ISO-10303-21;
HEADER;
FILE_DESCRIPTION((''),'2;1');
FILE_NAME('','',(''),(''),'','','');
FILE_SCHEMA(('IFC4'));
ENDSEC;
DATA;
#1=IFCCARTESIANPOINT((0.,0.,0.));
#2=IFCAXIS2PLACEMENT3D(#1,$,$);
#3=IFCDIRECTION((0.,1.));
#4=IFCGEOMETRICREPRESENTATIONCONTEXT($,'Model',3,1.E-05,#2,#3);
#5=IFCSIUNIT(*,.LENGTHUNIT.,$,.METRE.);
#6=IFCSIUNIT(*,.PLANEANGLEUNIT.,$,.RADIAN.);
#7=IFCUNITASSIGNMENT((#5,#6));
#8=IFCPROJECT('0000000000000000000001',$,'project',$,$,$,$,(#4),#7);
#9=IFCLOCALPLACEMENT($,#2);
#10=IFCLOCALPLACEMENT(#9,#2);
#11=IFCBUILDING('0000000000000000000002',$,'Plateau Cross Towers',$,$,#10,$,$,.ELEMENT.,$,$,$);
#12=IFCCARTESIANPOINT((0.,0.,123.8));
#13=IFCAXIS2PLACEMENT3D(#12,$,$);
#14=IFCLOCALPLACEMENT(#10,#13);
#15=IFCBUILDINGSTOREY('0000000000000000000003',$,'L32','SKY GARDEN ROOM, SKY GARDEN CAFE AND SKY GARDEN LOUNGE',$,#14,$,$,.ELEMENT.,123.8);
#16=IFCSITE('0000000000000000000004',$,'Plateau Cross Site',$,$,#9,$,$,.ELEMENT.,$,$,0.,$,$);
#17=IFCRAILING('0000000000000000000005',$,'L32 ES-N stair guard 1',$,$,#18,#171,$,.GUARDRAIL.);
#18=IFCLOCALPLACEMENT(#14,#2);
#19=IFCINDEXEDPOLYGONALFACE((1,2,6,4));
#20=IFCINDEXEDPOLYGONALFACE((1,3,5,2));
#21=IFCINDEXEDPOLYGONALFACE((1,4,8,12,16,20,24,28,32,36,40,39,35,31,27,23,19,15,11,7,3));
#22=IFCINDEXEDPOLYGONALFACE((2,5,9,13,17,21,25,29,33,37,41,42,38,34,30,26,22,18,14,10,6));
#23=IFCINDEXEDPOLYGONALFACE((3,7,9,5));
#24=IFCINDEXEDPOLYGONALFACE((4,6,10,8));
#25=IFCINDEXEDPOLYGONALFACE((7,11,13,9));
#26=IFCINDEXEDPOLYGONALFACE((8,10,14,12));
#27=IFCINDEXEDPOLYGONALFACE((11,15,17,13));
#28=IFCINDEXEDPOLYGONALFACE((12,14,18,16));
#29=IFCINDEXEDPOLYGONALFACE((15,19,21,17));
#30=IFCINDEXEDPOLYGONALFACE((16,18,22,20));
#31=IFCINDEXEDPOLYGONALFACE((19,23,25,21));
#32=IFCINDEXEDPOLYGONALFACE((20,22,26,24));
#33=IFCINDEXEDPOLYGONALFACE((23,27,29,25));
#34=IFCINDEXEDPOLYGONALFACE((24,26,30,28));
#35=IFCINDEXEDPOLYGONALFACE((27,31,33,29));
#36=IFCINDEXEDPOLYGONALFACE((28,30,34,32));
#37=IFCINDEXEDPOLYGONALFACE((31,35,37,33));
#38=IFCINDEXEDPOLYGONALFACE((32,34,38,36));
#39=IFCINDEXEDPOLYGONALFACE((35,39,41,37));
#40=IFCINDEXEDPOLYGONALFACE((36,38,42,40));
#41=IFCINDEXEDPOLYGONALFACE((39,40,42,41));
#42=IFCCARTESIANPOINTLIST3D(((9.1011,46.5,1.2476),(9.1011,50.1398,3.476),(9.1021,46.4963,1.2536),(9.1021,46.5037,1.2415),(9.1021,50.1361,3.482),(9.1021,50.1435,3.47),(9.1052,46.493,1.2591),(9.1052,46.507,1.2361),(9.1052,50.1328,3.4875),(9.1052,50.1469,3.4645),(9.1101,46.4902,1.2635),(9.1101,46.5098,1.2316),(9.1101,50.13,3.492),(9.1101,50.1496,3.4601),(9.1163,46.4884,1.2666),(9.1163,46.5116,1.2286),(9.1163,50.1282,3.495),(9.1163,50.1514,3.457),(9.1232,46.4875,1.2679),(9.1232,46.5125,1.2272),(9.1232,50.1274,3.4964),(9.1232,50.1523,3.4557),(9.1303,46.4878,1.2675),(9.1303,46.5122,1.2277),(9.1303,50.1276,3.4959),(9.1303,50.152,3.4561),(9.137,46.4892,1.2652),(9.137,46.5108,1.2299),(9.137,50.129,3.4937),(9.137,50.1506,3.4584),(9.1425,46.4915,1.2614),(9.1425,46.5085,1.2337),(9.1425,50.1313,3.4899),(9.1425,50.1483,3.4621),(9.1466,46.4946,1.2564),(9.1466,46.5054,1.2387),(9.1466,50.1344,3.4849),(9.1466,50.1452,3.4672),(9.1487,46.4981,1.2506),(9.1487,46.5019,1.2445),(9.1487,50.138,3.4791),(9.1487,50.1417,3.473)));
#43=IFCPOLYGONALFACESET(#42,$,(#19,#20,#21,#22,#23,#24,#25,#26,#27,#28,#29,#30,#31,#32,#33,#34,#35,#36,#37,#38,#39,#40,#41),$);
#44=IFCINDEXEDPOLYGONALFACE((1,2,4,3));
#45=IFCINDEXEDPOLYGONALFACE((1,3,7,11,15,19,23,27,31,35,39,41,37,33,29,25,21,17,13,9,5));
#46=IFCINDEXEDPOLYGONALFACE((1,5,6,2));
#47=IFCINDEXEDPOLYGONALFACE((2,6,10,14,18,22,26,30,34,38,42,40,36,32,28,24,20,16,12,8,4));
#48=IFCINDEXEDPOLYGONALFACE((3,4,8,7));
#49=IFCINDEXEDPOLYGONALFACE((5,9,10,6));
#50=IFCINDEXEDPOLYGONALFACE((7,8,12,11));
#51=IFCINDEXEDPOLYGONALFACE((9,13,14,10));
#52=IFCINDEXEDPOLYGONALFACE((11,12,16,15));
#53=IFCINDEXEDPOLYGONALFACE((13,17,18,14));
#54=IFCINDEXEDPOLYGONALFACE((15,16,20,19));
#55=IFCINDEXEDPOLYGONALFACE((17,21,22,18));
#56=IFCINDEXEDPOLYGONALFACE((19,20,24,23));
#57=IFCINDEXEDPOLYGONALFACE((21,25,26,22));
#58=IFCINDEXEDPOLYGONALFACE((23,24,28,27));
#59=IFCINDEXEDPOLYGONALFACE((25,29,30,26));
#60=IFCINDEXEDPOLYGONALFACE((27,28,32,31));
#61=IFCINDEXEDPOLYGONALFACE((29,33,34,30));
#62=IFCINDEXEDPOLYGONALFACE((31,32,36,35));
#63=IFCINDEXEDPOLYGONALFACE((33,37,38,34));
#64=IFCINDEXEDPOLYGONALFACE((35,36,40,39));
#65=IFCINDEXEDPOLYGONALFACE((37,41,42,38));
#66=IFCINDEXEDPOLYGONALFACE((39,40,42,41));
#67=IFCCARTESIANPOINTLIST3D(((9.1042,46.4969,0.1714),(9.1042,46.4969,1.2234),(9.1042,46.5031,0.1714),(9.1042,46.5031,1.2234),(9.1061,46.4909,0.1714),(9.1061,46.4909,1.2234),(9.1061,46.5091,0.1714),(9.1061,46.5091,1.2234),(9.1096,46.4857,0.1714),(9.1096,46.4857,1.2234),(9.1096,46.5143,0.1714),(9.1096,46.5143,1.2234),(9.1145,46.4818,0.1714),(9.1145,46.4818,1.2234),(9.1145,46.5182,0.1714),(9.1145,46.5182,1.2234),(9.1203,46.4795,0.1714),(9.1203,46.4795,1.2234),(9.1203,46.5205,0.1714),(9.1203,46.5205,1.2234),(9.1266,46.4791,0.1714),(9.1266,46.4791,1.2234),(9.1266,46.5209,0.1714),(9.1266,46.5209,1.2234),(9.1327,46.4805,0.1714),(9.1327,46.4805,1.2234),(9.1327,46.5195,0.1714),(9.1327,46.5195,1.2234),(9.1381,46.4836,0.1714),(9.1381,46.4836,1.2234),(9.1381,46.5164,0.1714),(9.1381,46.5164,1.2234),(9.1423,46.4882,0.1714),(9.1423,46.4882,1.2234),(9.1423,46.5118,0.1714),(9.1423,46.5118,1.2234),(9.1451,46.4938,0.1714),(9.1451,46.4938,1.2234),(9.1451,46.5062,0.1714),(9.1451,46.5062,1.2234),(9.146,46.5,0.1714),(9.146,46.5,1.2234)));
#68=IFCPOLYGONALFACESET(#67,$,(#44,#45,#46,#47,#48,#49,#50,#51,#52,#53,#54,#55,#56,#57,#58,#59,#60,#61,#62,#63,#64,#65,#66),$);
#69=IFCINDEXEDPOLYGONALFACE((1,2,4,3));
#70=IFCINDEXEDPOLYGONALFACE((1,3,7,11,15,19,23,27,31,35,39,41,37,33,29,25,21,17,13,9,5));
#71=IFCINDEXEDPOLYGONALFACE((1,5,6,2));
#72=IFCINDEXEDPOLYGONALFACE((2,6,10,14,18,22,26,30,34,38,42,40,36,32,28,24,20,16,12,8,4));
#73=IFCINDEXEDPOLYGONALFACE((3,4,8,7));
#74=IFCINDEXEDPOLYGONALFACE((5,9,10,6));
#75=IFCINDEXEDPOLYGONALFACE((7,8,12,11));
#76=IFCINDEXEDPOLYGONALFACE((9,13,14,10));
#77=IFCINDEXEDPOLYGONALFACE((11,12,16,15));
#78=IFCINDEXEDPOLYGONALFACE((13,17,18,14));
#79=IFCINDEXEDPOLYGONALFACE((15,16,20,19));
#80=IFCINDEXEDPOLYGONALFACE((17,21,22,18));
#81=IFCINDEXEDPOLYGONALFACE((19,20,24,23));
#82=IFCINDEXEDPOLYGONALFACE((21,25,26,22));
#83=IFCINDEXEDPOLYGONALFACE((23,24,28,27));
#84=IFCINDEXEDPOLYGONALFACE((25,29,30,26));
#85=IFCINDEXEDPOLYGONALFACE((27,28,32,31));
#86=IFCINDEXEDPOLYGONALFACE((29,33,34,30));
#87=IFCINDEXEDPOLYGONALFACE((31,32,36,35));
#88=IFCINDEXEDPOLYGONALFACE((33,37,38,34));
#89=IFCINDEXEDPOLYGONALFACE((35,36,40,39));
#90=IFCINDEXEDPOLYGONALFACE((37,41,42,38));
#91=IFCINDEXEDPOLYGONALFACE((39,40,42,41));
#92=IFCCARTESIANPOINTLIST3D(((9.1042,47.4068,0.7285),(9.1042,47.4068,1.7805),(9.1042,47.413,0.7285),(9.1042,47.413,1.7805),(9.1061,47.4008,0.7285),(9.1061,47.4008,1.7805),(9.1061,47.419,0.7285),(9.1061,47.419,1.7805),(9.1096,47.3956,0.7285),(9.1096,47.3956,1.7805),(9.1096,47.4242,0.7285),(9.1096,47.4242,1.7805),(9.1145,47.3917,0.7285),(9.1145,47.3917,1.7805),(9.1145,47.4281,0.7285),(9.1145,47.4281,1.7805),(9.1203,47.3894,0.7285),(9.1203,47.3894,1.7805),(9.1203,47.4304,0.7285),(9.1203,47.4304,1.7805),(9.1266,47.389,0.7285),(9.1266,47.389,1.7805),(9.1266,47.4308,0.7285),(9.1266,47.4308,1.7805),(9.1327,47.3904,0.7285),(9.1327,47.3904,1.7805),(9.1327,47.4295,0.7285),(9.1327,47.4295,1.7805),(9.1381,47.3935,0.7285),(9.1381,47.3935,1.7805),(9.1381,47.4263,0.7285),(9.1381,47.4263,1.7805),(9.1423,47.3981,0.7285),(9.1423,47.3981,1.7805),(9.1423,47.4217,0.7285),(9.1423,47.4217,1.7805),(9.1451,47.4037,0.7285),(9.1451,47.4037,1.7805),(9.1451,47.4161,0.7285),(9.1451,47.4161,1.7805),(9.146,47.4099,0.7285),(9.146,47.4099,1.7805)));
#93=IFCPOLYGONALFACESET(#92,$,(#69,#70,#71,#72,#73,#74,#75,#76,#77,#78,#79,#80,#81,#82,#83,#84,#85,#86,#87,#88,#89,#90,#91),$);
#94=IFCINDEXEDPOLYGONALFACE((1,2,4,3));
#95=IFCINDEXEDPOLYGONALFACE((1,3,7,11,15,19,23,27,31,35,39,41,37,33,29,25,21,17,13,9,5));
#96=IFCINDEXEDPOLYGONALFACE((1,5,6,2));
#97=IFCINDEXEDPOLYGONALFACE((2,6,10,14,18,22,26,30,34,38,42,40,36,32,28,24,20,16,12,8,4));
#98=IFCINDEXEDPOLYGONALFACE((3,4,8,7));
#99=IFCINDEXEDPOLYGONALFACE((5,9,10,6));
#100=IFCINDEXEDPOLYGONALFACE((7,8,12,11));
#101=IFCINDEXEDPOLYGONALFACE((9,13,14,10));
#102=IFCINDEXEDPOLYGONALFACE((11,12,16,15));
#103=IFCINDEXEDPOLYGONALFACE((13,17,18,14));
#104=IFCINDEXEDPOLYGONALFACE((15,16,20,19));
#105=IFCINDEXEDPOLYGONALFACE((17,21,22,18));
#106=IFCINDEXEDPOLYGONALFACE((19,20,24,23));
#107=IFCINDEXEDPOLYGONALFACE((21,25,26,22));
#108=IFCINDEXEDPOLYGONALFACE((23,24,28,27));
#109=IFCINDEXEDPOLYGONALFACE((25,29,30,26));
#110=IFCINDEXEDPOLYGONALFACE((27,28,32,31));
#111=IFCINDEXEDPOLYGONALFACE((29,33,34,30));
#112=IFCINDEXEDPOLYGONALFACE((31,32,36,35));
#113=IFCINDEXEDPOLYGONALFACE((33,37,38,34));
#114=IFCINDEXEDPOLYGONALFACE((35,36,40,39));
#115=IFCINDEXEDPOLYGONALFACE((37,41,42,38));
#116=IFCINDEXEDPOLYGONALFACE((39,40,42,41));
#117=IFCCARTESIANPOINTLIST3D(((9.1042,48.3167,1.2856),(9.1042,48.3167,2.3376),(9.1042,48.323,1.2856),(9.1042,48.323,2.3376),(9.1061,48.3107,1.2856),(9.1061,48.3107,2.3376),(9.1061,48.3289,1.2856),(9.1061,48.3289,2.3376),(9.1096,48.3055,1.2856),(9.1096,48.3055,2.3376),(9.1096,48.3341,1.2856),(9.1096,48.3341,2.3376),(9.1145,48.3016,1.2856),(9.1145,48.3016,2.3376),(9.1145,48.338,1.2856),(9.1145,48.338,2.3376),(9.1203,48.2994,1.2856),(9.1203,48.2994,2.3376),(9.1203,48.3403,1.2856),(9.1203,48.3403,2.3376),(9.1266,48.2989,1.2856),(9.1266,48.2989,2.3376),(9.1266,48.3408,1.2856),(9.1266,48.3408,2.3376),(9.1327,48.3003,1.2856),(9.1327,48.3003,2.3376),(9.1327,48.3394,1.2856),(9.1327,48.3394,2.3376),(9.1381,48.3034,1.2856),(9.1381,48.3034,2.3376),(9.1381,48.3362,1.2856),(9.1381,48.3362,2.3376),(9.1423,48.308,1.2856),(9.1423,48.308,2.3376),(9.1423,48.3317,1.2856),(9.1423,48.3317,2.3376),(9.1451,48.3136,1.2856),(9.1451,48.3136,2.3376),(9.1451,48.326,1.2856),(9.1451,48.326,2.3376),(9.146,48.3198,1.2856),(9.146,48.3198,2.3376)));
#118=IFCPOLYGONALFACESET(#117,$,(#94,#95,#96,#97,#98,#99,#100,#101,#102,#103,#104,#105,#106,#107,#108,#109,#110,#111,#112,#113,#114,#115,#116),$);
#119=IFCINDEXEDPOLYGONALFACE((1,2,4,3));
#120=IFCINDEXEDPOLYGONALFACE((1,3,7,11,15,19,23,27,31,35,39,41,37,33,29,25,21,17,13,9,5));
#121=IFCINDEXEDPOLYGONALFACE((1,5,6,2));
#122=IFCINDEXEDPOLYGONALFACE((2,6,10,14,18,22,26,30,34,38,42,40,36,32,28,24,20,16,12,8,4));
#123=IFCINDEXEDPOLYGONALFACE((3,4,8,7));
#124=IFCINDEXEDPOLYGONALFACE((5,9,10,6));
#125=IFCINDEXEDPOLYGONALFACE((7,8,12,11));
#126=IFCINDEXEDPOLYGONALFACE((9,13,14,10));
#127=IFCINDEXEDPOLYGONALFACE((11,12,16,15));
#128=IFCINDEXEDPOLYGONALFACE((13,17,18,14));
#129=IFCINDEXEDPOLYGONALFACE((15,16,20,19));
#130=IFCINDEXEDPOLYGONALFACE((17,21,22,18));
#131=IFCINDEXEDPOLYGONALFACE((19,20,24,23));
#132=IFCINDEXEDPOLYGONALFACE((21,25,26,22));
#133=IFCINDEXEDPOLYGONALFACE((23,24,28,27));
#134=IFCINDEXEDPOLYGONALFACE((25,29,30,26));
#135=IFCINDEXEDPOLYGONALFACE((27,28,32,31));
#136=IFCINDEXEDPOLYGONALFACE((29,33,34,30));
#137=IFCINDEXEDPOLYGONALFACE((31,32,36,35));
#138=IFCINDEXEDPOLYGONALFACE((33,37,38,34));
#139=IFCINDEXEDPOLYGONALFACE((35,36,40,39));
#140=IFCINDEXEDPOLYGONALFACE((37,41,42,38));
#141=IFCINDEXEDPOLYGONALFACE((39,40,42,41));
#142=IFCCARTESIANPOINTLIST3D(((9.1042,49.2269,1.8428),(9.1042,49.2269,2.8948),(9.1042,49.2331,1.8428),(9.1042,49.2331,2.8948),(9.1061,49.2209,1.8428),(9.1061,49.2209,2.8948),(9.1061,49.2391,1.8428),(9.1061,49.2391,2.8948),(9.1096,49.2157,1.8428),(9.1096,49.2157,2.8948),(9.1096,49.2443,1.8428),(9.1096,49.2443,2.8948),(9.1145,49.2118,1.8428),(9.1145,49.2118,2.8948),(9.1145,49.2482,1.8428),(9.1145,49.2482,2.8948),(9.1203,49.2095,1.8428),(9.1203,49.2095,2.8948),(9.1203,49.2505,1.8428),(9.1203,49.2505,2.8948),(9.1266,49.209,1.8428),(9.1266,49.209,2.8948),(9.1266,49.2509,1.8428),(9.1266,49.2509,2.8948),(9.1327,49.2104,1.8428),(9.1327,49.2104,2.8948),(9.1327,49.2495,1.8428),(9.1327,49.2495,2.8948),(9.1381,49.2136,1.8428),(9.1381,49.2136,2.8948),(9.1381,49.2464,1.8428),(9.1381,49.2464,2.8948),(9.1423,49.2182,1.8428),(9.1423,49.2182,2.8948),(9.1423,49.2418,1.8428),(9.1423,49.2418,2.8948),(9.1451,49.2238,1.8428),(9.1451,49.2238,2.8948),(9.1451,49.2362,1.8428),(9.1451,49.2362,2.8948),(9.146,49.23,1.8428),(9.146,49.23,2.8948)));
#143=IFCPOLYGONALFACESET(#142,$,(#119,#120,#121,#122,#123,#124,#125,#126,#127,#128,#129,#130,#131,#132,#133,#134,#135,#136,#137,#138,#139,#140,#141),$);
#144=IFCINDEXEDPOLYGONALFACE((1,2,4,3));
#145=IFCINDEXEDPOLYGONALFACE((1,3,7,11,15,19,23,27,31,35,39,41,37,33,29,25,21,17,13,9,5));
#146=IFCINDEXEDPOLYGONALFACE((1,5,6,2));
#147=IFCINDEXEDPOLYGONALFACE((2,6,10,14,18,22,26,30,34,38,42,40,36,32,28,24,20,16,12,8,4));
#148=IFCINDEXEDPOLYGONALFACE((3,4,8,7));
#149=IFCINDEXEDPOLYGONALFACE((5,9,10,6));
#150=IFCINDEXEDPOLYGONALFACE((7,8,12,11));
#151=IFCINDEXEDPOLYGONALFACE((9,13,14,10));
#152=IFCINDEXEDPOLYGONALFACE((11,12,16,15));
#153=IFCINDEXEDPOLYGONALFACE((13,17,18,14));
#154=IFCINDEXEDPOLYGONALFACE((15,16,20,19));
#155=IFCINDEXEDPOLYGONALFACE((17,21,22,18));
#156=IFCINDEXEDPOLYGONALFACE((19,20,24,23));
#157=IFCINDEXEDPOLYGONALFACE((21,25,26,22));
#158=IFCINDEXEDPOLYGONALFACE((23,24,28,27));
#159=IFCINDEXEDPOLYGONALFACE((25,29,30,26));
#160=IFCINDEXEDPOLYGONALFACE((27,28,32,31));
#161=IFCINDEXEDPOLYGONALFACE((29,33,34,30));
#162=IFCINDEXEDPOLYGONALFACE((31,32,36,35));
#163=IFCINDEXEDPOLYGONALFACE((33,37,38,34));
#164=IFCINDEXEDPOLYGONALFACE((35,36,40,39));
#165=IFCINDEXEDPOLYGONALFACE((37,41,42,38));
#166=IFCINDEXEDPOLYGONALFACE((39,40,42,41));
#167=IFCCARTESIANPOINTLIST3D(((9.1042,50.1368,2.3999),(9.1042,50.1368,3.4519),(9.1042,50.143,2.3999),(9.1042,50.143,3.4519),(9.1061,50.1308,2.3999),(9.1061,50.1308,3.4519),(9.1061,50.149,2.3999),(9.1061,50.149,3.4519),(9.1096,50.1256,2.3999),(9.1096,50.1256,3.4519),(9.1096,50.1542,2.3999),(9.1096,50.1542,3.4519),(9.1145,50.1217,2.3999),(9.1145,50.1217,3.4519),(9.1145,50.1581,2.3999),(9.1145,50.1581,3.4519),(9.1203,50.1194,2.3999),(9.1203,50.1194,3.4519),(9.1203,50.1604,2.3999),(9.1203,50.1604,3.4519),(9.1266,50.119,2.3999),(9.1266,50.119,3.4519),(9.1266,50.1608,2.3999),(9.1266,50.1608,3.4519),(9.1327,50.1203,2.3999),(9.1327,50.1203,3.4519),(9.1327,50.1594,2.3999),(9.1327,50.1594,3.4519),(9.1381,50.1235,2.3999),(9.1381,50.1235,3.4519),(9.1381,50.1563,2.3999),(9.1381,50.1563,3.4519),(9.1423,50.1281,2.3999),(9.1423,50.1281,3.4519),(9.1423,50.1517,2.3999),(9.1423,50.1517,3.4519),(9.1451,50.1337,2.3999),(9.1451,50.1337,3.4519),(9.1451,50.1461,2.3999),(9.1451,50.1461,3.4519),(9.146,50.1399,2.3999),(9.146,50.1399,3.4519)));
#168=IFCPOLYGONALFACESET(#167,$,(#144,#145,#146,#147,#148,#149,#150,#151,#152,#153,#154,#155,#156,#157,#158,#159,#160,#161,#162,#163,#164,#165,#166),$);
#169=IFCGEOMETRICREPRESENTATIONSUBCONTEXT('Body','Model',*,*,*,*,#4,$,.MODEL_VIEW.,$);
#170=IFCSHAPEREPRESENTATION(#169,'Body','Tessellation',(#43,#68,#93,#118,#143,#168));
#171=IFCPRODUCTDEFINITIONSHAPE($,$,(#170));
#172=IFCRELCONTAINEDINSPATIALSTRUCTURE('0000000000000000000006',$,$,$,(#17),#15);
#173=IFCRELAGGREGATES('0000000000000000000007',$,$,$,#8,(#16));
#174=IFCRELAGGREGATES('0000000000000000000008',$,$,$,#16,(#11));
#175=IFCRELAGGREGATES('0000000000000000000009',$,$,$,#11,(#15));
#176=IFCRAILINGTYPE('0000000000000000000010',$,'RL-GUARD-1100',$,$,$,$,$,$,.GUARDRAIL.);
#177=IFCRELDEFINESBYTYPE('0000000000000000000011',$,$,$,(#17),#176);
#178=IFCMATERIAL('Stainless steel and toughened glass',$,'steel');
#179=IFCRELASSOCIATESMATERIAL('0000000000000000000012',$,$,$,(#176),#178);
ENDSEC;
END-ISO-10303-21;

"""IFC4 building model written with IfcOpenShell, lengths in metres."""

from ifc_helpers import new_model, si_unit, direction, frame, origin, origin_2d, place, context, subcontext, project, spatial, circle, extrude, material, type_object, element, save


model = new_model("IFC4")

# Units and contexts
model_context = context("Model", 3, precision=1e-05, world=origin(), true_north=direction((0.0, 1.0)))
body_context = subcontext(model_context, "Body", "Model", "MODEL_VIEW")
ifc_project = project(units=[si_unit("LENGTHUNIT", "METRE"), si_unit("PLANEANGLEUNIT", "RADIAN")], contexts=[model_context])

# Site, building, storey
site_placement = place(None, origin())
site = spatial("IfcSite", under=ifc_project, at=site_placement, Name="Plateau Cross Site", CompositionType="ELEMENT", RefElevation=0.0)
building_placement = place(site_placement, origin())
building = spatial("IfcBuilding", under=site, at=building_placement, Name="Plateau Cross Towers", CompositionType="ELEMENT")
storey_placement = place(building_placement, frame((0.0, 0.0, 123.8)))
storey = spatial("IfcBuildingStorey", under=building, at=storey_placement, Name="L32", Description="SKY GARDEN ROOM, SKY GARDEN CAFE AND SKY GARDEN LOUNGE", CompositionType="ELEMENT", Elevation=123.8)

# Railing
ifc_material_1 = material(Name="Stainless steel and toughened glass", Category="steel")
railing_type_1 = type_object("IfcRailingType", Name="RL-GUARD-1100", PredefinedType="GUARDRAIL", material=ifc_material_1)
railing_1_placement = place(storey_placement, frame((9.125, 46.5, 0.1714)))
element("IfcRailing", 1, at=railing_1_placement, inside=storey, type_object=railing_type_1, Name="L32 ES-N stair guard 1", PredefinedType="GUARDRAIL", context=body_context, shape_type="SweptSolid", body=[
    extrude(circle(Radius=0.0239, at=origin_2d()), frame((0.0, 0.0, 1.0762), z_axis=(0.0, 0.85285, 0.522156), x_axis=(-1.0, 0.0, 0.0)), (0.0, 0.0, 1.0), 4.2678),
    extrude(circle(Radius=0.021, at=origin_2d()), origin(), (0.0, 0.0, 1.0), 1.052),
    extrude(circle(Radius=0.021, at=origin_2d()), frame((0.0, 0.9099, 0.5571)), (0.0, 0.0, 1.0), 1.052),
    extrude(circle(Radius=0.021, at=origin_2d()), frame((0.0, 1.8198, 1.1143)), (0.0, 0.0, 1.0), 1.052),
    extrude(circle(Radius=0.021, at=origin_2d()), frame((0.0, 2.73, 1.6714)), (0.0, 0.0, 1.0), 1.052),
    extrude(circle(Radius=0.021, at=origin_2d()), frame((0.0, 3.6399, 2.2285)), (0.0, 0.0, 1.0), 1.052),
])

save(model, "model.ifc")
